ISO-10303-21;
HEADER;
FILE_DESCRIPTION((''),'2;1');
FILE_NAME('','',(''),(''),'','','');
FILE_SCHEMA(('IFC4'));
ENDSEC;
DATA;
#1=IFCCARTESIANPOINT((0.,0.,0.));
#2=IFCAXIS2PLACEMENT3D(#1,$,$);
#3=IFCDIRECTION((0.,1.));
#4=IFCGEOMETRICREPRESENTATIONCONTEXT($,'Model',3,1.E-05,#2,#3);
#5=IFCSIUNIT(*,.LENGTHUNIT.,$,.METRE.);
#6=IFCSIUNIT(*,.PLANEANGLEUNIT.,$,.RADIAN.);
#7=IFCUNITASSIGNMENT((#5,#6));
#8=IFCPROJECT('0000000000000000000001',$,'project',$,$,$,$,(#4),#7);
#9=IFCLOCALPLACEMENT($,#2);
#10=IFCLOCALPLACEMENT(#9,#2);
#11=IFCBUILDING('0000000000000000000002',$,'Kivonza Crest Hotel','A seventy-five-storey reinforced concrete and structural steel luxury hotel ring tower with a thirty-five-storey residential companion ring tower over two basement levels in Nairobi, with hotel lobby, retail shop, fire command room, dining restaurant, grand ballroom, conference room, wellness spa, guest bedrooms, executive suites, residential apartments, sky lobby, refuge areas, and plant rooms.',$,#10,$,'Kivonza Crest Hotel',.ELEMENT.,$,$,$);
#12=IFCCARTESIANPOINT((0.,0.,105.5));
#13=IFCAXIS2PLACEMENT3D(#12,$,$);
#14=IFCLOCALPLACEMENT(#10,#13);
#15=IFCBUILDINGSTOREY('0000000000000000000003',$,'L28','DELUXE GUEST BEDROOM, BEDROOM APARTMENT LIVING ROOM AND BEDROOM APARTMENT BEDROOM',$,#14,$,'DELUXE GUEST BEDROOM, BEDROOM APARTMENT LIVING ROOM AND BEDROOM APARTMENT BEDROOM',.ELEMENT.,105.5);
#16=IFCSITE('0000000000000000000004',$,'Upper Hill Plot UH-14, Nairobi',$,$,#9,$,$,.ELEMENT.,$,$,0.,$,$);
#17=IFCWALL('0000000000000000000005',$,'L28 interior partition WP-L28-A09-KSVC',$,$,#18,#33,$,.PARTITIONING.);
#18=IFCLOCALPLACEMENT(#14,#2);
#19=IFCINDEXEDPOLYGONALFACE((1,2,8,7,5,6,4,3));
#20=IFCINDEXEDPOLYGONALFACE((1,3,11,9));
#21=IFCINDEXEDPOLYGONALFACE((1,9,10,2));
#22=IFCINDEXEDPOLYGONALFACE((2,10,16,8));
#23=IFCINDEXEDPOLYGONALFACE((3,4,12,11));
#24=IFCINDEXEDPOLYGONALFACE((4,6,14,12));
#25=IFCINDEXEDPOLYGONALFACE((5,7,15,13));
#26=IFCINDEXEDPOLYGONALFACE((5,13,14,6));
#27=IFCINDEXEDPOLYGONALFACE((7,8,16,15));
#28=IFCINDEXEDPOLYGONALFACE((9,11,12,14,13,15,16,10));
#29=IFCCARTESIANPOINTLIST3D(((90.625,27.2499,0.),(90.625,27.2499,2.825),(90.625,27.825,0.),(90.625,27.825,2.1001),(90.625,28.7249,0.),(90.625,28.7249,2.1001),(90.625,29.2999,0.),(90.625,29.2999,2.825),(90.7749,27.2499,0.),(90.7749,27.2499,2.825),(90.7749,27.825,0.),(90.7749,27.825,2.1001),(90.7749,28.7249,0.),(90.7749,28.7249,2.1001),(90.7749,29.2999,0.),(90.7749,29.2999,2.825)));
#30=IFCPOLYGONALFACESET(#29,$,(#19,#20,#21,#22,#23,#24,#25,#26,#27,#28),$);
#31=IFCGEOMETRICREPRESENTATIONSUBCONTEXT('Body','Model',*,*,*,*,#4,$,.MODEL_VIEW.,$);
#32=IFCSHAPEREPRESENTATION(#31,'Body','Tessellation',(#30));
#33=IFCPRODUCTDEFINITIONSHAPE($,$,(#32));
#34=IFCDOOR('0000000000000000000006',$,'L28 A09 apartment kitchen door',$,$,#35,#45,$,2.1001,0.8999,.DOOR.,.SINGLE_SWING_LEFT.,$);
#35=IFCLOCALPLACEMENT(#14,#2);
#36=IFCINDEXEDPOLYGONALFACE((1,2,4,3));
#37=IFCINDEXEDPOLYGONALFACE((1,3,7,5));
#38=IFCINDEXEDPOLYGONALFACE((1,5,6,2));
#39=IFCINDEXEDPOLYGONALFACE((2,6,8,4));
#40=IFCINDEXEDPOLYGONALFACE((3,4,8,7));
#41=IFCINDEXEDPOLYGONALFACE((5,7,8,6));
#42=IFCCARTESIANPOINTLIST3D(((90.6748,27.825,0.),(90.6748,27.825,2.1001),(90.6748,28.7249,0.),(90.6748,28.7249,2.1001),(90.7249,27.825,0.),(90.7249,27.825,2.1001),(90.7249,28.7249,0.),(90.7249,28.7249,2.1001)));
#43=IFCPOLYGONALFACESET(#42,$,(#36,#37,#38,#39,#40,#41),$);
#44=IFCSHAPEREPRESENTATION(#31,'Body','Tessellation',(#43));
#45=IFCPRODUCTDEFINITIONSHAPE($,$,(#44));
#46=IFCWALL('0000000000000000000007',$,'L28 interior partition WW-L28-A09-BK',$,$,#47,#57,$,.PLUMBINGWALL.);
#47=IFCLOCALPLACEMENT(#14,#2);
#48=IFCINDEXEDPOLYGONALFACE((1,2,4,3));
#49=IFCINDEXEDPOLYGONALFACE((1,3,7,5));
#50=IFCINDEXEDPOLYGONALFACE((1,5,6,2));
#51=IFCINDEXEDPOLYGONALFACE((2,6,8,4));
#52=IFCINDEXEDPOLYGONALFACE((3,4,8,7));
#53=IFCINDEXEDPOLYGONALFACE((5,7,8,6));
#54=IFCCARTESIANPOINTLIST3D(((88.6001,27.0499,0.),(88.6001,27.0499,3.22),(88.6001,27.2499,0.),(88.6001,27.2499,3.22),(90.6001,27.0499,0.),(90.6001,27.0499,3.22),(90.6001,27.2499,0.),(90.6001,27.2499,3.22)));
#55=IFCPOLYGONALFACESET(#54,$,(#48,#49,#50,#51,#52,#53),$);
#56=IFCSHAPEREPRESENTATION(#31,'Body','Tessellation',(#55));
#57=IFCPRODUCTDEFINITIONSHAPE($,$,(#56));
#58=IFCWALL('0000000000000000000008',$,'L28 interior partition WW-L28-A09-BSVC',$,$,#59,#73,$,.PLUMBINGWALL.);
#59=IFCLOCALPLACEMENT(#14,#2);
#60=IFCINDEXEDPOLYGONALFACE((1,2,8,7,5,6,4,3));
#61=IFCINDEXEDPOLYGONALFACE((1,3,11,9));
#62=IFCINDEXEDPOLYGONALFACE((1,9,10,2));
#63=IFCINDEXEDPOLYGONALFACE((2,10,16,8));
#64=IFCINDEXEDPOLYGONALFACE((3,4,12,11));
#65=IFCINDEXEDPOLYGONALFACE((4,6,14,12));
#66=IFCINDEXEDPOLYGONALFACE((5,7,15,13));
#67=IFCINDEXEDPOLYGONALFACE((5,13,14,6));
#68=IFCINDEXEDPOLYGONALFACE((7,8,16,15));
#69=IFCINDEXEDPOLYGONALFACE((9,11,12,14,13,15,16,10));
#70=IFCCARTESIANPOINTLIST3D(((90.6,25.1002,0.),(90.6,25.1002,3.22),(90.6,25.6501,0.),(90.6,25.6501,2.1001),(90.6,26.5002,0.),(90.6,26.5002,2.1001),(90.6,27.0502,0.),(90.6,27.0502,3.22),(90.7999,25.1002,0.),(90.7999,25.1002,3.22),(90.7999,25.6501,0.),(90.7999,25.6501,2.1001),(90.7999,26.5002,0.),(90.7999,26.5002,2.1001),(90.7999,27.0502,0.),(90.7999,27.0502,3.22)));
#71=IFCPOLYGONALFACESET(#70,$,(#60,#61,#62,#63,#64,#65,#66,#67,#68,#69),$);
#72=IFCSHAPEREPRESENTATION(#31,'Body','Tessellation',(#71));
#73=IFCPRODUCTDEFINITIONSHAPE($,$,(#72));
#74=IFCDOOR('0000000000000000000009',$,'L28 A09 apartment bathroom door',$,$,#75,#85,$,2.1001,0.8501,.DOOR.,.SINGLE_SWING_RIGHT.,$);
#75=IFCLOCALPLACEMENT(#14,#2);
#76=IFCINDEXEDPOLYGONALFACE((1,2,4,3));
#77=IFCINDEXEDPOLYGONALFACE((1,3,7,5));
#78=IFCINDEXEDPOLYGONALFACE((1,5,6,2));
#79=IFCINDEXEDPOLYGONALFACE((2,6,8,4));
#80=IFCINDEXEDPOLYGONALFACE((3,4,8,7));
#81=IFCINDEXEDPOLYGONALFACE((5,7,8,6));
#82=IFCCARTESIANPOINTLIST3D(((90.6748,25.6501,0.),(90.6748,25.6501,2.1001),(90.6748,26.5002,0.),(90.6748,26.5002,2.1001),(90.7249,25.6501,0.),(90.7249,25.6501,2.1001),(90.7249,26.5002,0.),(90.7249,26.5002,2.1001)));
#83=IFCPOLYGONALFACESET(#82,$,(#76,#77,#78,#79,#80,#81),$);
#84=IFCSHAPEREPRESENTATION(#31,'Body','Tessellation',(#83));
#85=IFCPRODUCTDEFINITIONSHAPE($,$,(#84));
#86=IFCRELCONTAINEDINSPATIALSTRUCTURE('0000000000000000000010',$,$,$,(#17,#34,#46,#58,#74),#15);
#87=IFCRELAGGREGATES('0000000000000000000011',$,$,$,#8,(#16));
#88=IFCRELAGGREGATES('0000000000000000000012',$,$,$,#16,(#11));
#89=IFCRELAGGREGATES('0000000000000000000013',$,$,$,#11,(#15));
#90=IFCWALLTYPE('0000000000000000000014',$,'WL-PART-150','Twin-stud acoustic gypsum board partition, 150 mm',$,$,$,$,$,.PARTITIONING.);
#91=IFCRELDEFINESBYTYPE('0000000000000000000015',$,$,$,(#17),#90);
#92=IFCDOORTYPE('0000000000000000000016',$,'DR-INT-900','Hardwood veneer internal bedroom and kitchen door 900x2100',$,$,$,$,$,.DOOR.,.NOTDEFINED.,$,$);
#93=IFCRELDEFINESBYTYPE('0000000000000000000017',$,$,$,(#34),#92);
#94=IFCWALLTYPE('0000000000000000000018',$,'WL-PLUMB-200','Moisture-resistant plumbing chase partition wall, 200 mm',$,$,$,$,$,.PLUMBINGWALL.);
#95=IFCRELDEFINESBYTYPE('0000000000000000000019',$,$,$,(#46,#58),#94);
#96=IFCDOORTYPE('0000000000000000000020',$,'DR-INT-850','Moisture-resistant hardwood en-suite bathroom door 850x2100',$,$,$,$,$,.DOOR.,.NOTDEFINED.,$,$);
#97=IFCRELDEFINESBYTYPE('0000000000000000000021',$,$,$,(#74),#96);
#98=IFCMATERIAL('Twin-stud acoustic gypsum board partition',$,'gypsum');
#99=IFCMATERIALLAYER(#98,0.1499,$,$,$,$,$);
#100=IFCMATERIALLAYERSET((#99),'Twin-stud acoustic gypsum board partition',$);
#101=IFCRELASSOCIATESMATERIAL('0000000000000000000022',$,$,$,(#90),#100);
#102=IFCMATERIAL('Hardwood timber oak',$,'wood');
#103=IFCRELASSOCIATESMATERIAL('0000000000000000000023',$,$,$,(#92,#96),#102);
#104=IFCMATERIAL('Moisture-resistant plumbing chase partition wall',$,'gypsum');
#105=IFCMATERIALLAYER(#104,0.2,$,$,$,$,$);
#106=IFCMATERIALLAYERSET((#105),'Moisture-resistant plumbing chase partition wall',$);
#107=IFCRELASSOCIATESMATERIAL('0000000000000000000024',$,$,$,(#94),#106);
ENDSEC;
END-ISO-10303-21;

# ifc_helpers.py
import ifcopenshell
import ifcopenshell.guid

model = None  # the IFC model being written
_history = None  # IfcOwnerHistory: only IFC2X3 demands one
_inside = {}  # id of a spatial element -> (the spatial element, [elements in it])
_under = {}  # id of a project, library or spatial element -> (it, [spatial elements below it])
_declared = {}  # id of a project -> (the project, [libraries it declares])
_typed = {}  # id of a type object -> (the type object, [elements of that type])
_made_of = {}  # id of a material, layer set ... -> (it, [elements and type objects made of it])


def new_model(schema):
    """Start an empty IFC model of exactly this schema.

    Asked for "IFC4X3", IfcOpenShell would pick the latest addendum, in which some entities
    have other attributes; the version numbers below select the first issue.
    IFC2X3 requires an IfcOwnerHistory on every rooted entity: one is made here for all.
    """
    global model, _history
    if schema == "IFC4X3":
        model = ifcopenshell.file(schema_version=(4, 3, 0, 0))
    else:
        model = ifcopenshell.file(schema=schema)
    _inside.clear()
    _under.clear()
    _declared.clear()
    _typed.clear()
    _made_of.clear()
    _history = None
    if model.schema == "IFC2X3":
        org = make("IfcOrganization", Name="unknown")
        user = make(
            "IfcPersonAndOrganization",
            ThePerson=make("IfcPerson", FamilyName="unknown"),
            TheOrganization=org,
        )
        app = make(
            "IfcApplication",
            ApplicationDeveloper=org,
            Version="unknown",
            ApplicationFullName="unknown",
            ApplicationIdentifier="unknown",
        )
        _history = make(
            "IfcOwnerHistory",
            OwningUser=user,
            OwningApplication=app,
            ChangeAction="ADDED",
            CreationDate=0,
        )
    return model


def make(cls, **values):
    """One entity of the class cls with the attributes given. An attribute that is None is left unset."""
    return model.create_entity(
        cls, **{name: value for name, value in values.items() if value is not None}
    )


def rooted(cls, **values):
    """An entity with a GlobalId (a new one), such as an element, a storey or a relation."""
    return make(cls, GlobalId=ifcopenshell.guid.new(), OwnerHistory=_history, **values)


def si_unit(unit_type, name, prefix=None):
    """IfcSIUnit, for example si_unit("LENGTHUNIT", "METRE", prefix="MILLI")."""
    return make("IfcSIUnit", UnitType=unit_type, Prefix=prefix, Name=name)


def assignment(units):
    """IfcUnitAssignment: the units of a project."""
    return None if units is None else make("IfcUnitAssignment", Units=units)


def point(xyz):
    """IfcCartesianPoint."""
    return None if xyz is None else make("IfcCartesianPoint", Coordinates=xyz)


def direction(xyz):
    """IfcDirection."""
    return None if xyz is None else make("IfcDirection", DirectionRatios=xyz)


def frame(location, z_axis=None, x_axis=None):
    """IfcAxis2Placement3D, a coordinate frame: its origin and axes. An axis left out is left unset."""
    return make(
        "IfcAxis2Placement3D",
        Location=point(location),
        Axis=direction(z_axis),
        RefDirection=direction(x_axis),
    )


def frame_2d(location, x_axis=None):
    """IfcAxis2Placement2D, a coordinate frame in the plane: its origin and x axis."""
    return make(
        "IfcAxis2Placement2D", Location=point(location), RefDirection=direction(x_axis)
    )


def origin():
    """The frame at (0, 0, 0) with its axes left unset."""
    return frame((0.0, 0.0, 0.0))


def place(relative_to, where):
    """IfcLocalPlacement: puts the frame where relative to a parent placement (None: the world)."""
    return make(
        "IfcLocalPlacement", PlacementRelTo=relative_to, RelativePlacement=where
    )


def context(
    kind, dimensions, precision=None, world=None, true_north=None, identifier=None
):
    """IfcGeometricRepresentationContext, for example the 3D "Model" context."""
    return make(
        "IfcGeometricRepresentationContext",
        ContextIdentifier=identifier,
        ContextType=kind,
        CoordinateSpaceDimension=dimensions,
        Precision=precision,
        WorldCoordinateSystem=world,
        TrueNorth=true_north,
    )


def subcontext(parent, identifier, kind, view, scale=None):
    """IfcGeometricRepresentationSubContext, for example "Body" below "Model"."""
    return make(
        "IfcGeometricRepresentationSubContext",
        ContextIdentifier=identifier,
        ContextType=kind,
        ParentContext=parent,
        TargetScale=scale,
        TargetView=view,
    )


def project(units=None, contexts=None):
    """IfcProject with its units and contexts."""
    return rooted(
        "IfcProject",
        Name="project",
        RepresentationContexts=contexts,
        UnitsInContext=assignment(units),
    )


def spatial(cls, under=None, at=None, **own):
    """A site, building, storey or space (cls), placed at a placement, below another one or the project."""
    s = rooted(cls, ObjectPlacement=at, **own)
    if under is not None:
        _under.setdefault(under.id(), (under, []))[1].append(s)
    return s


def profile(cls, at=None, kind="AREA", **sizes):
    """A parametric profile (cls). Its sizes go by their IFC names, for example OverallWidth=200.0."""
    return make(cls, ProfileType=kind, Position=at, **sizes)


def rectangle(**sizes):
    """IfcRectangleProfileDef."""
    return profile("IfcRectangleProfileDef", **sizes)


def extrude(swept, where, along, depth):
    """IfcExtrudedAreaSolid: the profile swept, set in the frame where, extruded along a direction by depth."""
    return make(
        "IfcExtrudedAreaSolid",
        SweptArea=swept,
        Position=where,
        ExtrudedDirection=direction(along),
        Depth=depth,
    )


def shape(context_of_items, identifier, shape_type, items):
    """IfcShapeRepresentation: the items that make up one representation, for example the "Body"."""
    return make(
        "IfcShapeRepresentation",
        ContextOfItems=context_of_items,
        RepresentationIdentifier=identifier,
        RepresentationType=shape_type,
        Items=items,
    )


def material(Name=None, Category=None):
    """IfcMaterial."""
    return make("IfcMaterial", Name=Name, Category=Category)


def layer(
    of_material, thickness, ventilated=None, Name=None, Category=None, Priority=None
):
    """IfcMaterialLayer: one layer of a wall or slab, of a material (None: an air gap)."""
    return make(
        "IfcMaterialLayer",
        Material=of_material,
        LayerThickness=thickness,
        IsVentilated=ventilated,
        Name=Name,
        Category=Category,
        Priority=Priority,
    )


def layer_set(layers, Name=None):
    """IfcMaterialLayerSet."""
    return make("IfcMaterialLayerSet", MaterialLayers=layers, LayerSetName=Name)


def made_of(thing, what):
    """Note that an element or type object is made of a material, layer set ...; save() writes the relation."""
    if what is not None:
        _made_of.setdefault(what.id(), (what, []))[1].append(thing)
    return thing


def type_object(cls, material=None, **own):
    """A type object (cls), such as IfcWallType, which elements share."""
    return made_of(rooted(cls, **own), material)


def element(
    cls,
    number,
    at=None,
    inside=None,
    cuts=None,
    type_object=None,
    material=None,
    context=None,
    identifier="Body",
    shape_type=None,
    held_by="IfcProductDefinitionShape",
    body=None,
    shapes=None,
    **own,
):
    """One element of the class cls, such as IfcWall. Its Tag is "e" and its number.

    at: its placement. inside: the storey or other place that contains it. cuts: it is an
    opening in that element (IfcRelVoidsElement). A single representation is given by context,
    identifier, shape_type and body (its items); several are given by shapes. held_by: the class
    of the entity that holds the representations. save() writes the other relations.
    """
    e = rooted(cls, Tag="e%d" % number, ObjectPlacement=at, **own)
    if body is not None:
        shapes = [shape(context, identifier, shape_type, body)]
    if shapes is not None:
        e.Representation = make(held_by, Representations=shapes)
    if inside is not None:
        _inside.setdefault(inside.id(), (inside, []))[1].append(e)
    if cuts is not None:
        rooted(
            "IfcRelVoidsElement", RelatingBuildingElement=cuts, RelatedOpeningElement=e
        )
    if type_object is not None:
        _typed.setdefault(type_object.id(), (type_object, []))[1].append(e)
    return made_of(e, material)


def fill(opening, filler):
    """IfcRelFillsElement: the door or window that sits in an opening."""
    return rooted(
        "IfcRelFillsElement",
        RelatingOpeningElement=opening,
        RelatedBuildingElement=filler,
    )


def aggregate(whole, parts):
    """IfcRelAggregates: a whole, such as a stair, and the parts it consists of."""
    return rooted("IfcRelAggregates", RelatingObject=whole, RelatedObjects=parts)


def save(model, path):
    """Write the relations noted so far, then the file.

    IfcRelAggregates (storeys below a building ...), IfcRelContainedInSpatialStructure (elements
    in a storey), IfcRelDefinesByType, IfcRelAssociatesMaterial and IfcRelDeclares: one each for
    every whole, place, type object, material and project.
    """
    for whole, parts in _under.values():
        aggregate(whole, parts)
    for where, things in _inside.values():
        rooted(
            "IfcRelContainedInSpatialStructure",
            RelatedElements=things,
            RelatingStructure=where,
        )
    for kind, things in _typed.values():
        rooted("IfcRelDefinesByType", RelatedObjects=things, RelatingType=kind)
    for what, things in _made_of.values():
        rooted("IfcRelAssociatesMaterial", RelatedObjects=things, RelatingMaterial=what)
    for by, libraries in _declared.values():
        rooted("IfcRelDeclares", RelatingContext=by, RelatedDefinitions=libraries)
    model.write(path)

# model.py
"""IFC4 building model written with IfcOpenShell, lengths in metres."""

from ifc_helpers import new_model, si_unit, direction, frame, frame_2d, origin, place, context, subcontext, project, spatial, rectangle, extrude, material, layer, layer_set, type_object, element, fill, save


model = new_model("IFC4")

# Units and contexts
model_context = context("Model", 3, precision=1e-05, world=origin(), true_north=direction((0.0, 1.0)))
body_context = subcontext(model_context, "Body", "Model", "MODEL_VIEW")
ifc_project = project(units=[si_unit("LENGTHUNIT", "METRE"), si_unit("PLANEANGLEUNIT", "RADIAN")], contexts=[model_context])

# Site, building, storey
site_placement = place(None, origin())
site = spatial("IfcSite", under=ifc_project, at=site_placement, Name="Upper Hill Plot UH-14, Nairobi", CompositionType="ELEMENT", RefElevation=0.0)
building_placement = place(site_placement, origin())
building = spatial("IfcBuilding", under=site, at=building_placement, Name="Kivonza Crest Hotel", Description="A seventy-five-storey reinforced concrete and structural steel luxury hotel ring tower with a thirty-five-storey residential companion ring tower over two basement levels in Nairobi, with hotel lobby, retail shop, fire command room, dining restaurant, grand ballroom, conference room, wellness spa, guest bedrooms, executive suites, residential apartments, sky lobby, refuge areas, and plant rooms.", LongName="Kivonza Crest Hotel", CompositionType="ELEMENT")
storey_placement = place(building_placement, frame((0.0, 0.0, 105.5)))
storey = spatial("IfcBuildingStorey", under=building, at=storey_placement, Name="L28", Description="DELUXE GUEST BEDROOM, BEDROOM APARTMENT LIVING ROOM AND BEDROOM APARTMENT BEDROOM", LongName="DELUXE GUEST BEDROOM, BEDROOM APARTMENT LIVING ROOM AND BEDROOM APARTMENT BEDROOM", CompositionType="ELEMENT", Elevation=105.5)

# Shared definitions
ifc_material_1 = material(Name="Hardwood timber oak", Category="wood")

# Shared definitions
ifc_material_2 = material(Name="Twin-stud acoustic gypsum board partition", Category="gypsum")
ifc_layer_1 = layer(ifc_material_2, 0.1499)
ifc_layer_set_1 = layer_set([ifc_layer_1], Name="Twin-stud acoustic gypsum board partition")
wall_type_1 = type_object("IfcWallType", Name="WL-PART-150", Description="Twin-stud acoustic gypsum board partition, 150 mm", PredefinedType="PARTITIONING", material=ifc_layer_set_1)

# Wall, opening, door
wall_1_placement = place(storey_placement, frame((90.7, 27.25, 0.0), z_axis=(0.0, 0.0, 1.0), x_axis=(0.0, 1.0, 0.0)))
wall_1 = element("IfcWall", 1, at=wall_1_placement, inside=storey, type_object=wall_type_1, Name="L28 interior partition WP-L28-A09-KSVC", PredefinedType="PARTITIONING", context=body_context, shape_type="SweptSolid", body=[
    extrude(rectangle(XDim=2.05, YDim=0.1499, at=frame_2d((1.0249, 0.0))), origin(), (0.0, 0.0, 1.0), 2.825),
])
opening_1_placement = place(wall_1_placement, frame((0.575, 0.0, 0.0)))
opening_1 = element("IfcOpeningElement", 2, at=opening_1_placement, cuts=wall_1, PredefinedType="OPENING", context=body_context, shape_type="SweptSolid", body=[
    extrude(rectangle(XDim=0.8999, YDim=2.1001, at=frame_2d((0.45, 1.05))), frame((0.0, 0.085, 0.0), z_axis=(0.0, -1.0, 0.0), x_axis=(1.0, 0.0, 0.0)), (0.0, 0.0, 1.0), 0.1699),
])
door_type_1 = type_object("IfcDoorType", Name="DR-INT-900", Description="Hardwood veneer internal bedroom and kitchen door 900x2100", OperationType="NOTDEFINED", PredefinedType="DOOR", material=ifc_material_1)
door_1_placement = place(opening_1_placement, frame((0.8999, 0.0, 0.0), z_axis=(0.0, 0.0, 1.0), x_axis=(-1.0, 0.0, 0.0)))
door_1 = element("IfcDoor", 3, at=door_1_placement, inside=storey, type_object=door_type_1, Name="L28 A09 apartment kitchen door", OperationType="SINGLE_SWING_LEFT", OverallHeight=2.1001, OverallWidth=0.8999, PredefinedType="DOOR", context=body_context, shape_type="SweptSolid", body=[
    extrude(rectangle(XDim=0.8999, YDim=2.1001, at=frame_2d((0.45, 1.05))), frame((0.0, 0.0249, 0.0), z_axis=(0.0, -1.0, 0.0), x_axis=(1.0, 0.0, 0.0)), (0.0, 0.0, 1.0), 0.05),
])
fill(opening_1, door_1)

# Wall
ifc_material_3 = material(Name="Moisture-resistant plumbing chase partition wall", Category="gypsum")
ifc_layer_2 = layer(ifc_material_3, 0.2)
ifc_layer_set_2 = layer_set([ifc_layer_2], Name="Moisture-resistant plumbing chase partition wall")
wall_type_2 = type_object("IfcWallType", Name="WL-PLUMB-200", Description="Moisture-resistant plumbing chase partition wall, 200 mm", PredefinedType="PLUMBINGWALL", material=ifc_layer_set_2)
wall_2_placement = place(storey_placement, frame((88.6001, 27.1499, 0.0), z_axis=(0.0, 0.0, 1.0), x_axis=(1.0, 0.0, 0.0)))
element("IfcWall", 4, at=wall_2_placement, inside=storey, type_object=wall_type_2, Name="L28 interior partition WW-L28-A09-BK", PredefinedType="PLUMBINGWALL", context=body_context, shape_type="SweptSolid", body=[
    extrude(rectangle(XDim=2.0, YDim=0.2, at=frame_2d((1.0, 0.0))), origin(), (0.0, 0.0, 1.0), 3.22),
])

# Wall, opening, door
wall_3_placement = place(storey_placement, frame((90.7, 25.1001, 0.0), z_axis=(0.0, 0.0, 1.0), x_axis=(0.0, 1.0, 0.0)))
wall_3 = element("IfcWall", 5, at=wall_3_placement, inside=storey, type_object=wall_type_2, Name="L28 interior partition WW-L28-A09-BSVC", PredefinedType="PLUMBINGWALL", context=body_context, shape_type="SweptSolid", body=[
    extrude(rectangle(XDim=1.95, YDim=0.2, at=frame_2d((0.9751, 0.0))), origin(), (0.0, 0.0, 1.0), 3.22),
])
opening_2_placement = place(wall_3_placement, frame((0.55, 0.0, 0.0)))
opening_2 = element("IfcOpeningElement", 6, at=opening_2_placement, cuts=wall_3, PredefinedType="OPENING", context=body_context, shape_type="SweptSolid", body=[
    extrude(rectangle(XDim=0.8501, YDim=2.1001, at=frame_2d((0.425, 1.05))), frame((0.0, 0.1099, 0.0), z_axis=(0.0, -1.0, 0.0), x_axis=(1.0, 0.0, 0.0)), (0.0, 0.0, 1.0), 0.22),
])
door_type_2 = type_object("IfcDoorType", Name="DR-INT-850", Description="Moisture-resistant hardwood en-suite bathroom door 850x2100", OperationType="NOTDEFINED", PredefinedType="DOOR", material=ifc_material_1)
door_2_placement = place(opening_2_placement, frame((0.8501, 0.0, 0.0), z_axis=(0.0, 0.0, 1.0), x_axis=(-1.0, 0.0, 0.0)))
door_2 = element("IfcDoor", 7, at=door_2_placement, inside=storey, type_object=door_type_2, Name="L28 A09 apartment bathroom door", OperationType="SINGLE_SWING_RIGHT", OverallHeight=2.1001, OverallWidth=0.8501, PredefinedType="DOOR", context=body_context, shape_type="SweptSolid", body=[
    extrude(rectangle(XDim=0.8501, YDim=2.1001, at=frame_2d((0.425, 1.05))), frame((0.0, 0.0249, 0.0), z_axis=(0.0, -1.0, 0.0), x_axis=(1.0, 0.0, 0.0)), (0.0, 0.0, 1.0), 0.05),
])
fill(opening_2, door_2)

save(model, "model.ifc")
